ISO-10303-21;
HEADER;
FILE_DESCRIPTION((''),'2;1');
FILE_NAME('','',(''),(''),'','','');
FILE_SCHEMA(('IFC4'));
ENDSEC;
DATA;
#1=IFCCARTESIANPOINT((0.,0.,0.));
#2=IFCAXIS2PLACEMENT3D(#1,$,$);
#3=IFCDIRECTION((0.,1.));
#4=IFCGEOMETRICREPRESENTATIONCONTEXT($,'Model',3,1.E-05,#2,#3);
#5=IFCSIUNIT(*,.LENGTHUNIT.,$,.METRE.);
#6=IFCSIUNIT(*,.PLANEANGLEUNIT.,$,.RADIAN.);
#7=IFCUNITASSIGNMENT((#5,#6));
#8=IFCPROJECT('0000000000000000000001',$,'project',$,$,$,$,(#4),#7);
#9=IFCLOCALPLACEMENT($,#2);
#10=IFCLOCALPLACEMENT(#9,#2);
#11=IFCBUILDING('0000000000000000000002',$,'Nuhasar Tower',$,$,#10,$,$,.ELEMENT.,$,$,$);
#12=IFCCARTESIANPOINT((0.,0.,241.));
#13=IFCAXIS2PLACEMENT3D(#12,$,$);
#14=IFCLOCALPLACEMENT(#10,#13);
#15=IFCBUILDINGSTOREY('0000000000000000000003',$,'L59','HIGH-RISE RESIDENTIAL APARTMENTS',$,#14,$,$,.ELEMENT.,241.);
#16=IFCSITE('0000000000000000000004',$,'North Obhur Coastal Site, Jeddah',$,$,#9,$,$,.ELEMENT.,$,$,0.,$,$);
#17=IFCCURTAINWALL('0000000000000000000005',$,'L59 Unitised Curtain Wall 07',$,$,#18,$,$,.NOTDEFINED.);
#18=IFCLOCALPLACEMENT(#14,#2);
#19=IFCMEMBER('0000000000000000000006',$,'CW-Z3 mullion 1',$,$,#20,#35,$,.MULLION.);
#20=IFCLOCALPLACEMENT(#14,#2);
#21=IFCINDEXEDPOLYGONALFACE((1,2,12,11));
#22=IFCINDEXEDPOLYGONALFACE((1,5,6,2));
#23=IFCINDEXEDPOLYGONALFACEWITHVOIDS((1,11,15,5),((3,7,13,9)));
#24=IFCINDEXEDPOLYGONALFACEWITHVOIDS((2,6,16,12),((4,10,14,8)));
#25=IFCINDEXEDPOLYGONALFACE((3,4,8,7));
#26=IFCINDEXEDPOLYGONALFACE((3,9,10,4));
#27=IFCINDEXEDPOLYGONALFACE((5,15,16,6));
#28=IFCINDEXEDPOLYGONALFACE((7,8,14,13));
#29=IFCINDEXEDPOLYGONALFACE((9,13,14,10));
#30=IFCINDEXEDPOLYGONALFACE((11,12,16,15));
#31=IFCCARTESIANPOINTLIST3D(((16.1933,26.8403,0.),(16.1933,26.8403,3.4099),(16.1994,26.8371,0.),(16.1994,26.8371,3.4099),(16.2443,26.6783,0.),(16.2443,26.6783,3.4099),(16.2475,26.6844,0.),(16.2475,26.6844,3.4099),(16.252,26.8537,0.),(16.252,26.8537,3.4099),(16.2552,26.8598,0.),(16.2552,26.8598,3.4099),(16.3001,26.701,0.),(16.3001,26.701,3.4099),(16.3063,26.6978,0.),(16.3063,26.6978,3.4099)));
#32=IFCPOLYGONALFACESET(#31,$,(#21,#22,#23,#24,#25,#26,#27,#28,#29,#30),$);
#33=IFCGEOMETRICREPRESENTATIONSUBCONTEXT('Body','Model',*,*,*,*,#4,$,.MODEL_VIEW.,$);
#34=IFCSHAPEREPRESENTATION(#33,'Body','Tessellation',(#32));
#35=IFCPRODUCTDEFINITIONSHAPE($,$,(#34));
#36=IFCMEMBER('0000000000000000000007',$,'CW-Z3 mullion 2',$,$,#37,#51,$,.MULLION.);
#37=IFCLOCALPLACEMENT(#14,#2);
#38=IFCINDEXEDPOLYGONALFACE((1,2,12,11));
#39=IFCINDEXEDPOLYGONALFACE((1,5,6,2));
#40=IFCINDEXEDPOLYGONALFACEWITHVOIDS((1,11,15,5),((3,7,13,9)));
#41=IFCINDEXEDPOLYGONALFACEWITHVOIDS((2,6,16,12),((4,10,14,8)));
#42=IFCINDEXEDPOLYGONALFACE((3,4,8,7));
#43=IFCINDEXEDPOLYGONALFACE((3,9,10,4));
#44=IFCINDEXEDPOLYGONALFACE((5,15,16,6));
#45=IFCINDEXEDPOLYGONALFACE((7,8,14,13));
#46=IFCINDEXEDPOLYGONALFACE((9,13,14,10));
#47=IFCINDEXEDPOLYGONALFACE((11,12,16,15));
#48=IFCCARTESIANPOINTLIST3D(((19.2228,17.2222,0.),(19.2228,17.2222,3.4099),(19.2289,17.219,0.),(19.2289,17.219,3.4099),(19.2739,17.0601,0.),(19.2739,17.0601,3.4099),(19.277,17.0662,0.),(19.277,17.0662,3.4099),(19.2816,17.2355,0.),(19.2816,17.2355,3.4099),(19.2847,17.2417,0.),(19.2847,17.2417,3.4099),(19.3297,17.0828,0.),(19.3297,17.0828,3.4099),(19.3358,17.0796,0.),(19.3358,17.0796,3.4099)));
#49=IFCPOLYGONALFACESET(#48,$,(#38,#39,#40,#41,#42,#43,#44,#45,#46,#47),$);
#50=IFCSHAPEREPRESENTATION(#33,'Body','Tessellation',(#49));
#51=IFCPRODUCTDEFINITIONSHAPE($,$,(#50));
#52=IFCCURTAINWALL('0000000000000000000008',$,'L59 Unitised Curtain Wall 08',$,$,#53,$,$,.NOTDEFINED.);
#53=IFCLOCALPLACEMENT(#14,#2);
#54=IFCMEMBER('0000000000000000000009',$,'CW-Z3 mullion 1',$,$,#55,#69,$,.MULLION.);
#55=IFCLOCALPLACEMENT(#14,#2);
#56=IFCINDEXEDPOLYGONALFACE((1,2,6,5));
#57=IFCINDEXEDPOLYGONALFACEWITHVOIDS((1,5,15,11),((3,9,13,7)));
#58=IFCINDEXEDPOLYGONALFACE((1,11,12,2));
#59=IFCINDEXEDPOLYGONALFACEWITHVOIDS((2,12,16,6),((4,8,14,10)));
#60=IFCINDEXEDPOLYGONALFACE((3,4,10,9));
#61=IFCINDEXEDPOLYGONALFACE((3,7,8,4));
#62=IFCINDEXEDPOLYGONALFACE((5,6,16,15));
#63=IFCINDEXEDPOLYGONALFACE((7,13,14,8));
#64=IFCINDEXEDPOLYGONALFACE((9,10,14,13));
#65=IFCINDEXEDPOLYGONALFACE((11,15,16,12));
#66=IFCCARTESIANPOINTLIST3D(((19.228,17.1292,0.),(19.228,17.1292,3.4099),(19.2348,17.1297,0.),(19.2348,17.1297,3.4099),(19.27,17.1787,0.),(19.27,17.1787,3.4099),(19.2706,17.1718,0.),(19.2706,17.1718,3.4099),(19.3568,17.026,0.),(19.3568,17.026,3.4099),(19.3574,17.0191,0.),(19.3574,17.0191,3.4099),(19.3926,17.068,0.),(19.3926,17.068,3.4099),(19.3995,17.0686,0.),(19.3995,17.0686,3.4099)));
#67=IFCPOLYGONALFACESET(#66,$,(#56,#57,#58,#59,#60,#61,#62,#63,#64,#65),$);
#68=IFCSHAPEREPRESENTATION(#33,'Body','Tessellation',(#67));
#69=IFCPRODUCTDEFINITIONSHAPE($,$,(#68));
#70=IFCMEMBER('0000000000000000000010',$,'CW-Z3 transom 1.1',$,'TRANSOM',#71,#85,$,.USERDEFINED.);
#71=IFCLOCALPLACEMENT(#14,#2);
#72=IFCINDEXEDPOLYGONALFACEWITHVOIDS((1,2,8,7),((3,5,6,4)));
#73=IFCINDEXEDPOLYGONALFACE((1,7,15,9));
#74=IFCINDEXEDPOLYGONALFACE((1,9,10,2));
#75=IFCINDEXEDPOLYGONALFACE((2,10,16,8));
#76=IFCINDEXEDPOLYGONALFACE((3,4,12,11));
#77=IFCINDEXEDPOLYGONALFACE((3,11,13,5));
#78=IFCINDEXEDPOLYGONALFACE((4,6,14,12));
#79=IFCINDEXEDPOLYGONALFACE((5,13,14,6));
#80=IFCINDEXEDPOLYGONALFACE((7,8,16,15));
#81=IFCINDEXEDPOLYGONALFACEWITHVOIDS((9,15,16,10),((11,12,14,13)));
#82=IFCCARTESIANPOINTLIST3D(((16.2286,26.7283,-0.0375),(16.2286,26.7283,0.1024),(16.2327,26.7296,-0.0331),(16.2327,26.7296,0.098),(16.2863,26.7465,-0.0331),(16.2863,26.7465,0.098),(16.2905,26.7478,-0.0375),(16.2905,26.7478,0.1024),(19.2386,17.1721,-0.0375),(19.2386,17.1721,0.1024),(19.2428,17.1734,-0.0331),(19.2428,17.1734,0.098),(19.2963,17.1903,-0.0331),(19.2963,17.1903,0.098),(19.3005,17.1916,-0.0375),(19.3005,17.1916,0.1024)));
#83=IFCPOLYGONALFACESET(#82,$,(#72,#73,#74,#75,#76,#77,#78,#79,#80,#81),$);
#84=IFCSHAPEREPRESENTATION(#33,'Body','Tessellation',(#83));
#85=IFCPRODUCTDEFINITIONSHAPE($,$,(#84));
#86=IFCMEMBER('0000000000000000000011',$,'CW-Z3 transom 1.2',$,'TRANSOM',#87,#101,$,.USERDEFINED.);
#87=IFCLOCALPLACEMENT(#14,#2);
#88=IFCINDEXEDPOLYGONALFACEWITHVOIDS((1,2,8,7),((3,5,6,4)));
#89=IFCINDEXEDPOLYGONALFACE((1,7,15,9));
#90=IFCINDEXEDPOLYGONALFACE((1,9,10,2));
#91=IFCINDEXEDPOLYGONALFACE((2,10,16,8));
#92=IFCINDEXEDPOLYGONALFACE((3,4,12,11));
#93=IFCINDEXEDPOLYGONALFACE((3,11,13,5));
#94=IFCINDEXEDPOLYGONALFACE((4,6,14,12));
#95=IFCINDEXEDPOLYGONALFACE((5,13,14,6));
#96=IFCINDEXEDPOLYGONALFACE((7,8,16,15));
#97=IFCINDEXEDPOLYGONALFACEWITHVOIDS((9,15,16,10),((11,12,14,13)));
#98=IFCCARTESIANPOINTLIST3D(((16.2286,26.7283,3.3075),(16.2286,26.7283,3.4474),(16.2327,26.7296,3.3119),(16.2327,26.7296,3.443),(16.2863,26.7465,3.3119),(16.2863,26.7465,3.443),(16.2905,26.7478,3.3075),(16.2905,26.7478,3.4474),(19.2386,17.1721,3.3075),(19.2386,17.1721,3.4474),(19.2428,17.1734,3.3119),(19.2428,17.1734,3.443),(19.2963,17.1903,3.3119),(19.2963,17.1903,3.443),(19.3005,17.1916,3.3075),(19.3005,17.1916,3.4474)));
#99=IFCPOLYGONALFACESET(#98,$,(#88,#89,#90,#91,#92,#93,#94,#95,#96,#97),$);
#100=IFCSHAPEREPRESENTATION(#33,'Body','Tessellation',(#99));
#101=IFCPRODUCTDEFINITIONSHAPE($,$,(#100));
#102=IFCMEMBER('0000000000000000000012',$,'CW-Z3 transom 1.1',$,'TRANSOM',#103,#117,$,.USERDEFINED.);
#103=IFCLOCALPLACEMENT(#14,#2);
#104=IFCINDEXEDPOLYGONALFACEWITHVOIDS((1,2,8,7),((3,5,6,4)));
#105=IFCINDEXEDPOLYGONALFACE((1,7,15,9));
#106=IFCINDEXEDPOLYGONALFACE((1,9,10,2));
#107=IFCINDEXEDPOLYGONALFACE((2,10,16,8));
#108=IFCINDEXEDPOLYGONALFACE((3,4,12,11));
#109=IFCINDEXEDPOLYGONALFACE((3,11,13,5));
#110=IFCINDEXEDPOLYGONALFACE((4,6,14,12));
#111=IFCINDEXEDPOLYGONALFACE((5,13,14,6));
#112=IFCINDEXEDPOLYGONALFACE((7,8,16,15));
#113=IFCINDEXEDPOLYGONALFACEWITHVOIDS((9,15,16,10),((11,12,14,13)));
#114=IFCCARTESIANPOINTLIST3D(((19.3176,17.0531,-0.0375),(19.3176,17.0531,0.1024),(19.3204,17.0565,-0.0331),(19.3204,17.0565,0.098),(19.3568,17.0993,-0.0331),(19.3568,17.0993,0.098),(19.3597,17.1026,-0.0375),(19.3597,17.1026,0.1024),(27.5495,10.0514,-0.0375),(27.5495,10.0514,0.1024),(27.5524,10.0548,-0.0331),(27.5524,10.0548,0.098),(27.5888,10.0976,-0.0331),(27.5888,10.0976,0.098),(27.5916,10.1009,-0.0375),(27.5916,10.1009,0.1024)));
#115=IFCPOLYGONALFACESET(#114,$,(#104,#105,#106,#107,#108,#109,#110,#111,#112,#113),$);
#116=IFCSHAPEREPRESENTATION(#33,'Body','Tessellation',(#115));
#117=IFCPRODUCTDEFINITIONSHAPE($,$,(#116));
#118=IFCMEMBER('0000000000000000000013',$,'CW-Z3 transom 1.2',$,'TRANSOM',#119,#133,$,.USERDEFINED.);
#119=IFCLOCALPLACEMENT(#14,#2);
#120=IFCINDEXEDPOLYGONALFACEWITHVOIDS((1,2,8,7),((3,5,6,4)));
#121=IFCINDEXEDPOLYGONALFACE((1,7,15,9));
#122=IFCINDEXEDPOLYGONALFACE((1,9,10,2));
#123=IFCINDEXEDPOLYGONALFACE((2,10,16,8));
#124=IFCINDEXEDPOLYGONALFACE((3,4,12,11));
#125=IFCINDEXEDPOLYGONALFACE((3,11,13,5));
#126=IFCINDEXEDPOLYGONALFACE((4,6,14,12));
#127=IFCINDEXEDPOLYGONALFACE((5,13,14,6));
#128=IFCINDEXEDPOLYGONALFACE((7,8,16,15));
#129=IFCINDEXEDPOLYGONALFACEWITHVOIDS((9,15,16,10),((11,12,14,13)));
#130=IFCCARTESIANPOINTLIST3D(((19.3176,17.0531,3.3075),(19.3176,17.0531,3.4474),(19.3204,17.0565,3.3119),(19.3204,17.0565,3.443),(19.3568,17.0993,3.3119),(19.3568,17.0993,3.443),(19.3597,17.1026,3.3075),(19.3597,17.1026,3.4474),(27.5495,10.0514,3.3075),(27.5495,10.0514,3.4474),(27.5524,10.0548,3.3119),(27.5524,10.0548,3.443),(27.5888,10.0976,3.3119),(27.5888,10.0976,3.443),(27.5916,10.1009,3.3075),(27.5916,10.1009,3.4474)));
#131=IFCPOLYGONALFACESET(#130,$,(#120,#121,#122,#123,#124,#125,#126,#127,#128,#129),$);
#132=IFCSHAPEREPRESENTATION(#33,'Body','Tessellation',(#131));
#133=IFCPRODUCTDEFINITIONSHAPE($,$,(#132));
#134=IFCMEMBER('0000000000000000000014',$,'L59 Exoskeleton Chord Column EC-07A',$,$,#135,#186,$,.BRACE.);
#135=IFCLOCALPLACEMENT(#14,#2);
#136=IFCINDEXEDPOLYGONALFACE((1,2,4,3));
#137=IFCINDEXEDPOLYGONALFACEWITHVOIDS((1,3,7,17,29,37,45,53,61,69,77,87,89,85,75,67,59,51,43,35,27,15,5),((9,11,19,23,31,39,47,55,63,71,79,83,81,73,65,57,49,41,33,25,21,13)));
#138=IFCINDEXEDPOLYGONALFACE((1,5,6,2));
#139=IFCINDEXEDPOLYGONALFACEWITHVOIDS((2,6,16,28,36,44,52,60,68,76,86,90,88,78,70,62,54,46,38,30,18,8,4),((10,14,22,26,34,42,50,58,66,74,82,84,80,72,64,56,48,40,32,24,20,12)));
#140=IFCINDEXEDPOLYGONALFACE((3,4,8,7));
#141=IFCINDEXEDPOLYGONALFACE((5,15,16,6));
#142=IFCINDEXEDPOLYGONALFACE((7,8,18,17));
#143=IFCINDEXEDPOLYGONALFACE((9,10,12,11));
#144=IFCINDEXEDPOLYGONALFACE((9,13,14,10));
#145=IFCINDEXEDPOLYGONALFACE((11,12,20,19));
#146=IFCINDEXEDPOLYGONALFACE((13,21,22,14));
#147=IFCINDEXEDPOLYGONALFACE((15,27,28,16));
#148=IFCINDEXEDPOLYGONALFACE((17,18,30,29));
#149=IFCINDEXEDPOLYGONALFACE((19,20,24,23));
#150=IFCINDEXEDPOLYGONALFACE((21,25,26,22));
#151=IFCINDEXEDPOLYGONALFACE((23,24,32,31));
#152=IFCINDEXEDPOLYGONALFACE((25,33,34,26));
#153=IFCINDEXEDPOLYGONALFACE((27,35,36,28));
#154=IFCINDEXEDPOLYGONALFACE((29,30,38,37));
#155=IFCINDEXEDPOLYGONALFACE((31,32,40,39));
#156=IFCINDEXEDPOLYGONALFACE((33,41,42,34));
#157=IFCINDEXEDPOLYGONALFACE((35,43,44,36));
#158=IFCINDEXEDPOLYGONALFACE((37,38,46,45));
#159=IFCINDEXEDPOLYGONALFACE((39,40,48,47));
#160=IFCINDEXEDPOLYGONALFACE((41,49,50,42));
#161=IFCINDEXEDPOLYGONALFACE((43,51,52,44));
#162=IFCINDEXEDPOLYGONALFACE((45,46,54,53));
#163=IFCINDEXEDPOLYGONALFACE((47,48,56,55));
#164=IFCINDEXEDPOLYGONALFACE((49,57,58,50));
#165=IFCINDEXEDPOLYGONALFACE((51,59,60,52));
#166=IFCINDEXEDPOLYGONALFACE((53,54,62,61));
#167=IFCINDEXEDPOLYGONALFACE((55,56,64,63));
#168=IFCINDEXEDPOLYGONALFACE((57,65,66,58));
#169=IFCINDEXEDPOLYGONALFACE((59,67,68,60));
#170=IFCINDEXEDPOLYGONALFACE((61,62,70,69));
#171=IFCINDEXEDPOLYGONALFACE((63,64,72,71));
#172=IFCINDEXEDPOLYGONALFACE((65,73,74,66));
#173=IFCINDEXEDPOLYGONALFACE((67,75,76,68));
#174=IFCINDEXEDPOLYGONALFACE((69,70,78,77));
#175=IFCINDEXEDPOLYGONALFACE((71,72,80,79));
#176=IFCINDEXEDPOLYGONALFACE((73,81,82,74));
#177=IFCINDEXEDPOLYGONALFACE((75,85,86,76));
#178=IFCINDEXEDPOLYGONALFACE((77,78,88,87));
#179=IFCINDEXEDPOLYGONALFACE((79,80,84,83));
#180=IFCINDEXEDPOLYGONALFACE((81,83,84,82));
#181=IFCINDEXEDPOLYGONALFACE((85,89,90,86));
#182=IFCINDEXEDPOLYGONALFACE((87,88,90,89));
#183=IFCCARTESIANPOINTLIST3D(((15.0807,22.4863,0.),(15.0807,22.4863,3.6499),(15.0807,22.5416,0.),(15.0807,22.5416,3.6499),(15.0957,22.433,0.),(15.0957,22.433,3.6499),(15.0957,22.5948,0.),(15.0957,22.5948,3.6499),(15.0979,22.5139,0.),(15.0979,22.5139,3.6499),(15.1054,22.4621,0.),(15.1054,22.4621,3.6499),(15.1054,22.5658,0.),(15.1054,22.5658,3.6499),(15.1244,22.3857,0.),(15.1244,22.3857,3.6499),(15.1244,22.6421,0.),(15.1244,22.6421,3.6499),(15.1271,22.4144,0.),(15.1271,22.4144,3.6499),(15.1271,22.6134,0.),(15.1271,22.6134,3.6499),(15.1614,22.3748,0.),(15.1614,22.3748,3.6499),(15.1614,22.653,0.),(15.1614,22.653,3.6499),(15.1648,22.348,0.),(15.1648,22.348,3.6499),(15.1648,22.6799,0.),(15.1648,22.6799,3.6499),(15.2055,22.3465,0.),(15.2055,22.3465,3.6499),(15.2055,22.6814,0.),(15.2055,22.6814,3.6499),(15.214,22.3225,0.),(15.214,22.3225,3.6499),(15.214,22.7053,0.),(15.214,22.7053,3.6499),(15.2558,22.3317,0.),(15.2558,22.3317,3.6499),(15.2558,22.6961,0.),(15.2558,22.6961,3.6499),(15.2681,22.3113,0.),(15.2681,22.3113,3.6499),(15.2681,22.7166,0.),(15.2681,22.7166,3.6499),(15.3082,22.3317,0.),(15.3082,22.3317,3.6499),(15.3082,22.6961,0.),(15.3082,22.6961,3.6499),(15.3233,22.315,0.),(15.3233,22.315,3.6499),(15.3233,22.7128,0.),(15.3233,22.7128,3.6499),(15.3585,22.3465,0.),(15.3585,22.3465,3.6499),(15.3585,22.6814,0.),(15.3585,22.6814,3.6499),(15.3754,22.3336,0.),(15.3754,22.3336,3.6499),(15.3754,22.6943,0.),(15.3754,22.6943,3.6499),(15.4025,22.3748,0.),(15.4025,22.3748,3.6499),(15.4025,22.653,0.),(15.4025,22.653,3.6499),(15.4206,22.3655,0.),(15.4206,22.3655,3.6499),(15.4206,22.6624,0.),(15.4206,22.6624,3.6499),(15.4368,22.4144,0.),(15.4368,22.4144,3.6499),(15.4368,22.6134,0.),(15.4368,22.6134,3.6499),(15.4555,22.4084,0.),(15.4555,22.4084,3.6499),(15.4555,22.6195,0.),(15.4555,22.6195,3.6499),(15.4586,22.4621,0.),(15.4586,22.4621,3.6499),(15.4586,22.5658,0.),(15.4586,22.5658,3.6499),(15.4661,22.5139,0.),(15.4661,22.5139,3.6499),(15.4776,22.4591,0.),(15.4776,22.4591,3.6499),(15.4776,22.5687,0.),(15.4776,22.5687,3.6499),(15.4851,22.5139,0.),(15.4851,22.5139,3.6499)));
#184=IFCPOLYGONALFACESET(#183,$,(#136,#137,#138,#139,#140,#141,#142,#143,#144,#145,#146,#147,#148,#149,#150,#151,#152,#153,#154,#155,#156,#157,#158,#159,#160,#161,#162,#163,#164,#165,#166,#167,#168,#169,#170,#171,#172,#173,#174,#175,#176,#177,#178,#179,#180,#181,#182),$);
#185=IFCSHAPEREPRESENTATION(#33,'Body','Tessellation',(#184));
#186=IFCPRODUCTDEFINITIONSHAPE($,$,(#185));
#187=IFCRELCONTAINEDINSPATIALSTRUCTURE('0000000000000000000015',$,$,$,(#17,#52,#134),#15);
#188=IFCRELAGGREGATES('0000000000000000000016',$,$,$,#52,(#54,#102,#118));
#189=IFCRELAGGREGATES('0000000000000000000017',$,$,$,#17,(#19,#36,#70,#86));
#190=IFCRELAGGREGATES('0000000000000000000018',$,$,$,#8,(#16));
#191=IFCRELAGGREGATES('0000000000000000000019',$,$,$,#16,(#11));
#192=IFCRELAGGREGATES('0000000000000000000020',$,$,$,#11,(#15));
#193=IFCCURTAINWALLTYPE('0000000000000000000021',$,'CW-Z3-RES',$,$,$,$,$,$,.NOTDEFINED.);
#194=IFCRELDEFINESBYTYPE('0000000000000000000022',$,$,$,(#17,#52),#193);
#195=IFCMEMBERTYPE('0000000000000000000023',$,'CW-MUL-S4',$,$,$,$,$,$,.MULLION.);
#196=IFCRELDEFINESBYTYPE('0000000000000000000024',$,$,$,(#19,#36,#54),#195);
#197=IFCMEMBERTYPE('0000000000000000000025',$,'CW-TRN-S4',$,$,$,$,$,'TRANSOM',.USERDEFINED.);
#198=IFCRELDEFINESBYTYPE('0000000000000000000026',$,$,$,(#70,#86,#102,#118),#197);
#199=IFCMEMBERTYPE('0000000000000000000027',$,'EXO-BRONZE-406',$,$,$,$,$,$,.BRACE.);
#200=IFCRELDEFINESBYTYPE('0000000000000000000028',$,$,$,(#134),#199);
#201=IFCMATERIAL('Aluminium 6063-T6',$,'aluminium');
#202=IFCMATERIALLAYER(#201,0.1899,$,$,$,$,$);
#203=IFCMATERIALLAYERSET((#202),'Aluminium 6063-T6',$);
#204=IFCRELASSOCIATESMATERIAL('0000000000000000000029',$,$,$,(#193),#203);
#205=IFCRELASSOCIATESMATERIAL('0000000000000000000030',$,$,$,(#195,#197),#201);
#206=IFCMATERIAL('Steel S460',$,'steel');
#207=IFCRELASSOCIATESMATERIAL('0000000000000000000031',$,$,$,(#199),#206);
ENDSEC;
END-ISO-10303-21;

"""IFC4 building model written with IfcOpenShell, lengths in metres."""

from ifc_helpers import new_model, si_unit, direction, frame, origin, origin_2d, place, context, subcontext, project, spatial, hollow_rectangle, hollow_circle, extrude, material, layer, layer_set, material_profile, profile_set, type_object, element, aggregate, save


model = new_model("IFC4")

# Units and contexts
model_context = context("Model", 3, precision=1e-05, world=origin(), true_north=direction((0.0, 1.0)))
body_context = subcontext(model_context, "Body", "Model", "MODEL_VIEW")
ifc_project = project(units=[si_unit("LENGTHUNIT", "METRE"), si_unit("PLANEANGLEUNIT", "RADIAN")], contexts=[model_context])

# Site, building, storey
site_placement = place(None, origin())
site = spatial("IfcSite", under=ifc_project, at=site_placement, Name="North Obhur Coastal Site, Jeddah", CompositionType="ELEMENT", RefElevation=0.0)
building_placement = place(site_placement, origin())
building = spatial("IfcBuilding", under=site, at=building_placement, Name="Nuhasar Tower", CompositionType="ELEMENT")
storey_placement = place(building_placement, frame((0.0, 0.0, 241.0)))
storey = spatial("IfcBuildingStorey", under=building, at=storey_placement, Name="L59", Description="HIGH-RISE RESIDENTIAL APARTMENTS", CompositionType="ELEMENT", Elevation=241.0)

# Curtain wall, members
ifc_material_1 = material(Name="Aluminium 6063-T6", Category="aluminium")
ifc_layer_1 = layer(ifc_material_1, 0.1899)
ifc_layer_set_1 = layer_set([ifc_layer_1], Name="Aluminium 6063-T6")
curtain_wall_type = type_object("IfcCurtainWallType", Name="CW-Z3-RES", PredefinedType="NOTDEFINED", material=ifc_layer_set_1)
curtain_wall_1_placement = place(storey_placement, origin())
curtain_wall_1 = element("IfcCurtainWall", 1, at=curtain_wall_1_placement, inside=storey, type_object=curtain_wall_type, Name="L59 Unitised Curtain Wall 07", PredefinedType="NOTDEFINED")
ifc_material_profile_1 = material_profile(ifc_material_1, hollow_rectangle(XDim=0.0649, YDim=0.1699, WallThickness=0.0049, at=origin_2d()), Name="CWM-4")
ifc_profile_set_1 = profile_set([ifc_material_profile_1], Name="Aluminium 6063-T6")
member_type_1 = type_object("IfcMemberType", Name="CW-MUL-S4", PredefinedType="MULLION", material=ifc_profile_set_1)
member_1_placement = place(storey_placement, frame((16.2498, 26.769, 0.0), z_axis=(0.0, 0.0, 1.0), x_axis=(0.953804, 0.300429, 0.0)))
member_1 = element("IfcMember", 2, at=member_1_placement, type_object=member_type_1, Name="CW-Z3 mullion 1", PredefinedType="MULLION", context=body_context, shape_type="SweptSolid", body=[
    extrude(hollow_rectangle(XDim=0.0649, YDim=0.1699, WallThickness=0.0049, at=origin_2d()), origin(), (0.0, 0.0, 1.0), 3.4099),
])
member_2_placement = place(storey_placement, frame((19.2793, 17.1509, 0.0), z_axis=(0.0, 0.0, 1.0), x_axis=(0.953804, 0.300429, 0.0)))
member_2 = element("IfcMember", 3, at=member_2_placement, type_object=member_type_1, Name="CW-Z3 mullion 2", PredefinedType="MULLION", context=body_context, shape_type="SweptSolid", body=[
    extrude(hollow_rectangle(XDim=0.0649, YDim=0.1699, WallThickness=0.0049, at=origin_2d()), origin(), (0.0, 0.0, 1.0), 3.4099),
])

# Curtain wall, member
curtain_wall_2_placement = place(storey_placement, origin())
curtain_wall_2 = element("IfcCurtainWall", 4, at=curtain_wall_2_placement, inside=storey, type_object=curtain_wall_type, Name="L59 Unitised Curtain Wall 08", PredefinedType="NOTDEFINED")
member_3_placement = place(storey_placement, frame((19.3137, 17.0989, 0.0), z_axis=(0.0, 0.0, 1.0), x_axis=(0.647895, 0.761729, 0.0)))
member_3 = element("IfcMember", 5, at=member_3_placement, type_object=member_type_1, Name="CW-Z3 mullion 1", PredefinedType="MULLION", context=body_context, shape_type="SweptSolid", body=[
    extrude(hollow_rectangle(XDim=0.0649, YDim=0.1699, WallThickness=0.0049, at=origin_2d()), origin(), (0.0, 0.0, 1.0), 3.4099),
])

# Members
ifc_material_profile_2 = material_profile(ifc_material_1, hollow_rectangle(XDim=0.0649, YDim=0.1399, WallThickness=0.0044, at=origin_2d()), Name="CWT-4")
ifc_profile_set_2 = profile_set([ifc_material_profile_2], Name="Aluminium 6063-T6")
member_type_2 = type_object("IfcMemberType", Name="CW-TRN-S4", ElementType="TRANSOM", PredefinedType="USERDEFINED", material=ifc_profile_set_2)
member_4_placement = place(storey_placement, frame((16.2595, 26.738, 0.0325), z_axis=(0.30043, -0.953804, 0.0), x_axis=(0.953804, 0.30043, 0.0)))
member_4 = element("IfcMember", 6, at=member_4_placement, type_object=member_type_2, Name="CW-Z3 transom 1.1", ObjectType="TRANSOM", PredefinedType="USERDEFINED", context=body_context, shape_type="SweptSolid", body=[
    extrude(hollow_rectangle(XDim=0.0649, YDim=0.1399, WallThickness=0.0044, at=origin_2d()), origin(), (0.0, 0.0, 1.0), 10.019),
])
member_5_placement = place(storey_placement, frame((16.2595, 26.738, 3.3774), z_axis=(0.30043, -0.953804, 0.0), x_axis=(0.953804, 0.30043, 0.0)))
member_5 = element("IfcMember", 7, at=member_5_placement, type_object=member_type_2, Name="CW-Z3 transom 1.2", ObjectType="TRANSOM", PredefinedType="USERDEFINED", context=body_context, shape_type="SweptSolid", body=[
    extrude(hollow_rectangle(XDim=0.0649, YDim=0.1399, WallThickness=0.0044, at=origin_2d()), origin(), (0.0, 0.0, 1.0), 10.019),
])
member_6_placement = place(storey_placement, frame((19.3386, 17.0779, 0.0325), z_axis=(0.761731, -0.647894, 0.0), x_axis=(0.647894, 0.761731, 0.0)))
member_6 = element("IfcMember", 8, at=member_6_placement, type_object=member_type_2, Name="CW-Z3 transom 1.1", ObjectType="TRANSOM", PredefinedType="USERDEFINED", context=body_context, shape_type="SweptSolid", body=[
    extrude(hollow_rectangle(XDim=0.0649, YDim=0.1399, WallThickness=0.0044, at=origin_2d()), origin(), (0.0, 0.0, 1.0), 10.8069),
])
member_7_placement = place(storey_placement, frame((19.3386, 17.0779, 3.3774), z_axis=(0.761731, -0.647894, 0.0), x_axis=(0.647894, 0.761731, 0.0)))
member_7 = element("IfcMember", 9, at=member_7_placement, type_object=member_type_2, Name="CW-Z3 transom 1.2", ObjectType="TRANSOM", PredefinedType="USERDEFINED", context=body_context, shape_type="SweptSolid", body=[
    extrude(hollow_rectangle(XDim=0.0649, YDim=0.1399, WallThickness=0.0044, at=origin_2d()), origin(), (0.0, 0.0, 1.0), 10.8069),
])
aggregate(curtain_wall_2, [member_3, member_6, member_7])

# Member
ifc_material_2 = material(Name="Steel S460", Category="steel")
ifc_material_profile_3 = material_profile(ifc_material_2, hollow_circle(Radius=0.2031, WallThickness=0.019, at=origin_2d()), Name="HSS406.4X19.1")
ifc_profile_set_3 = profile_set([ifc_material_profile_3], Name="Steel S460")
member_type_3 = type_object("IfcMemberType", Name="EXO-BRONZE-406", PredefinedType="BRACE", material=ifc_profile_set_3)
for number, where, z_axis, x_axis, name in (
    (10, (15.282, 22.5139, 0.0), (0.0, 0.0, 1.0), (1.0, 0.0, 0.0), "L59 Exoskeleton Chord Column EC-07A"),
):
    element("IfcMember", number, at=place(storey_placement, frame(where, z_axis=z_axis, x_axis=x_axis)), inside=storey, type_object=member_type_3, Name=name, PredefinedType="BRACE", context=body_context, shape_type="SweptSolid", body=[
        extrude(hollow_circle(Radius=0.2031, WallThickness=0.019, at=origin_2d()), origin(), (0.0, 0.0, 1.0), 3.6499),
    ])

aggregate(curtain_wall_1, [member_1, member_2, member_4, member_5])

save(model, "model.ifc")
